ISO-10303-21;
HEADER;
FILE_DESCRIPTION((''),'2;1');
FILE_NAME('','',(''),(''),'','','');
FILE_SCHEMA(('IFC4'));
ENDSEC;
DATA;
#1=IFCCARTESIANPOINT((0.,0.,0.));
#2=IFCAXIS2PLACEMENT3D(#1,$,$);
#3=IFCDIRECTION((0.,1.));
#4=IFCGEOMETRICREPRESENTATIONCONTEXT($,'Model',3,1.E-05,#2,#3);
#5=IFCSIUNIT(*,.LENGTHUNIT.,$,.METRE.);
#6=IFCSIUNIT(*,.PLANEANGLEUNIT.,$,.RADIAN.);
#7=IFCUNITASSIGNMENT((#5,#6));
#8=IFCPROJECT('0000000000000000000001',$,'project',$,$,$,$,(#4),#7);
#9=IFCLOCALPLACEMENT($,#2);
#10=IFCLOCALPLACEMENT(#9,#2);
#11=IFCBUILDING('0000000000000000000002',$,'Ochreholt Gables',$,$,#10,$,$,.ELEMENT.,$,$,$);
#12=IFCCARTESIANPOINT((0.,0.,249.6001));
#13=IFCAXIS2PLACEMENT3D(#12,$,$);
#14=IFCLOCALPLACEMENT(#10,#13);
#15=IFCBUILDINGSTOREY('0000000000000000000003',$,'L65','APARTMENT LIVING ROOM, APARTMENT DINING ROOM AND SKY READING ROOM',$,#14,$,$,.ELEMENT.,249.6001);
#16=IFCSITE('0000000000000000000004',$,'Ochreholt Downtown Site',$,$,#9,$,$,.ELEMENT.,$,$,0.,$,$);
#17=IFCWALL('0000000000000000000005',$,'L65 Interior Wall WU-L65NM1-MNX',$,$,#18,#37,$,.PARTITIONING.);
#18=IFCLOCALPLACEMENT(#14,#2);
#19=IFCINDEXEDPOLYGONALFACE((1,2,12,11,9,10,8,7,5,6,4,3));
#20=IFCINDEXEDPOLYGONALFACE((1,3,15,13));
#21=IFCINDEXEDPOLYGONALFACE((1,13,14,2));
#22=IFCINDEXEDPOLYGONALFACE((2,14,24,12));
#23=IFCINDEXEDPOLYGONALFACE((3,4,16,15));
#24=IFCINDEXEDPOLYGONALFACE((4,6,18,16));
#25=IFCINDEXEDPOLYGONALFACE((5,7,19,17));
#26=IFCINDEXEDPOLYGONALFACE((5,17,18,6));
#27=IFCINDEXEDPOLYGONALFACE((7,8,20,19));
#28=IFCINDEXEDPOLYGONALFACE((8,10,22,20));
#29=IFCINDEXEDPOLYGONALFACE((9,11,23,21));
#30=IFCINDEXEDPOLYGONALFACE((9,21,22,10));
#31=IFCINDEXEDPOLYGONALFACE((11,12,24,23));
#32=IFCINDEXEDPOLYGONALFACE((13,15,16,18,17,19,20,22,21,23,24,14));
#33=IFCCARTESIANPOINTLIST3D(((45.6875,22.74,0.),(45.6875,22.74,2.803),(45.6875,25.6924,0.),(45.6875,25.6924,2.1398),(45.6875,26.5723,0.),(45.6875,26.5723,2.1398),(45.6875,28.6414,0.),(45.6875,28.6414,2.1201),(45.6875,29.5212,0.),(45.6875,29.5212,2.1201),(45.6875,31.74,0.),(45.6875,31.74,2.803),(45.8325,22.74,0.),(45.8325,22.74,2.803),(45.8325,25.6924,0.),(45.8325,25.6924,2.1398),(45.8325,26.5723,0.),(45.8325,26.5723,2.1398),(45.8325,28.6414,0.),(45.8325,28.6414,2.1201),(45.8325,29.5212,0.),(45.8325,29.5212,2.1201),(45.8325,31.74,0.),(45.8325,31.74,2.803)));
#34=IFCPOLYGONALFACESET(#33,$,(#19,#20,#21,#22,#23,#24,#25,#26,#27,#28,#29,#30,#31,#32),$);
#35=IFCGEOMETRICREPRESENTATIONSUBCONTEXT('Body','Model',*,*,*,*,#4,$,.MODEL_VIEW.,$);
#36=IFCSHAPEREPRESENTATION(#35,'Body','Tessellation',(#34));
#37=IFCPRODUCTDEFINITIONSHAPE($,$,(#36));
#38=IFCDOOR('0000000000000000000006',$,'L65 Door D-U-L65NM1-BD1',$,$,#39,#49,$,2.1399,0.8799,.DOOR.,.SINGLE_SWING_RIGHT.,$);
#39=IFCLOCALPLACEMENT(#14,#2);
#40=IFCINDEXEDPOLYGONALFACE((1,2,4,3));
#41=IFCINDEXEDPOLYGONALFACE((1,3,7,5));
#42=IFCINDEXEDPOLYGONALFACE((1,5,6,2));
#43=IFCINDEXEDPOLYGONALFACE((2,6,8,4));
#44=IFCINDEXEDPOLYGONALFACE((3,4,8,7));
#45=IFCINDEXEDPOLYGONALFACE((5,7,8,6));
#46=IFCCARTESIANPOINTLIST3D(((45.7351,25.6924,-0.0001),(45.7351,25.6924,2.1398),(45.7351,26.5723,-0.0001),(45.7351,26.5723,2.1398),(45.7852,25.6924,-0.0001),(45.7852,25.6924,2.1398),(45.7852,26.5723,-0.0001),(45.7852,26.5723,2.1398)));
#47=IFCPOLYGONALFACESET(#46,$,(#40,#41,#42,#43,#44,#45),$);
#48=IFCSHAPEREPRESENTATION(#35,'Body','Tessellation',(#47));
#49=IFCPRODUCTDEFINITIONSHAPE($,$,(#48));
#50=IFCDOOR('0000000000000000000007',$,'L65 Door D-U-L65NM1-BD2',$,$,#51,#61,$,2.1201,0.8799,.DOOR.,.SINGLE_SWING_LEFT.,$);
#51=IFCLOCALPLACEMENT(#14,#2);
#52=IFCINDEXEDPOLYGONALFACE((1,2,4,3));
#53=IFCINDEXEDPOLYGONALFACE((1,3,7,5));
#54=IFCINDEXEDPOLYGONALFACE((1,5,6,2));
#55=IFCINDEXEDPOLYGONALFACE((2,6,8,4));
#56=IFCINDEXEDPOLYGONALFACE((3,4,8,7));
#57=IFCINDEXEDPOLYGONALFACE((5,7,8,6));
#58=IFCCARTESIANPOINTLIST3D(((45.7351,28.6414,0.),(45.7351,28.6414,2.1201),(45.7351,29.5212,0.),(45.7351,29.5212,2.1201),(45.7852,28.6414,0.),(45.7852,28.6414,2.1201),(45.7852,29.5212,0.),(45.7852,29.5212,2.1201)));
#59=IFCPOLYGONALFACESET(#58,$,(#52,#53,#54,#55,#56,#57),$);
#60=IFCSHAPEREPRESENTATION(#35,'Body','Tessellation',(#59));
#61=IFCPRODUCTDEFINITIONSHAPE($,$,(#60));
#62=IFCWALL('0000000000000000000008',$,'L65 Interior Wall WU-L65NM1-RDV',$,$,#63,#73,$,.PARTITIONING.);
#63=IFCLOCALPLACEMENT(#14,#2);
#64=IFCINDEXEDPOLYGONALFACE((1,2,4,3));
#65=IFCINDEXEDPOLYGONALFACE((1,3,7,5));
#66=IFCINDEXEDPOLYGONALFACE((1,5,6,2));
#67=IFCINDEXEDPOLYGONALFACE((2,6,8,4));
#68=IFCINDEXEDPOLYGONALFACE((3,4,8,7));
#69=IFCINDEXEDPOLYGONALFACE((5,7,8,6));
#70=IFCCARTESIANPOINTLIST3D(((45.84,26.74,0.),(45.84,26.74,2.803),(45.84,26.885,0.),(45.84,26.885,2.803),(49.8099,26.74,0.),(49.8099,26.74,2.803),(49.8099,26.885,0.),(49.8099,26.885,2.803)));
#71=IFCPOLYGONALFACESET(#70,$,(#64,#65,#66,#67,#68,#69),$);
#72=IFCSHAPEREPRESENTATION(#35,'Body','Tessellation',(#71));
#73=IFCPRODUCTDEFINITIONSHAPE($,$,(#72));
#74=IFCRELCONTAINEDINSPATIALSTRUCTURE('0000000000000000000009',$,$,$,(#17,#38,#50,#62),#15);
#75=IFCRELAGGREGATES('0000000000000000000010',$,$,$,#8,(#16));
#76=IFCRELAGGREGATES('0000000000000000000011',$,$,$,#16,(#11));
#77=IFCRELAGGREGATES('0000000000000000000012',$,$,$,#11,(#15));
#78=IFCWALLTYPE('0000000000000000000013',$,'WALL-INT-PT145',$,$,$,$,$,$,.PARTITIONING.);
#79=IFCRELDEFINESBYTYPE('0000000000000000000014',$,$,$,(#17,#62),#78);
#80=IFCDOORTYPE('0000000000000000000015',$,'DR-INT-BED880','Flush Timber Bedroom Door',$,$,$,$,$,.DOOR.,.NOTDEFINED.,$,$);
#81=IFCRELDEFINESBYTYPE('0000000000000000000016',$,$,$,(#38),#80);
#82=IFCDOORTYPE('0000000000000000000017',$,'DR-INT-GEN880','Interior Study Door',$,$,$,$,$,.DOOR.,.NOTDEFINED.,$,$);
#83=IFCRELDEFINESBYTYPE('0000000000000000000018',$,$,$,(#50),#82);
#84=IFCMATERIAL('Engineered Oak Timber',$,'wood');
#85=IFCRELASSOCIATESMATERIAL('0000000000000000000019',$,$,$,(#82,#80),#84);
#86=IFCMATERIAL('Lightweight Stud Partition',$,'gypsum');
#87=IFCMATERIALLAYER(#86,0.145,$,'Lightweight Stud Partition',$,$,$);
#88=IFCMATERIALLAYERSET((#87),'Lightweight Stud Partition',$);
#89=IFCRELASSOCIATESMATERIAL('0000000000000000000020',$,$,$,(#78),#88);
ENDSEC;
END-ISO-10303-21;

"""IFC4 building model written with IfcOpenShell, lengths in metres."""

from ifc_helpers import new_model, si_unit, direction, frame, frame_2d, origin, place, context, subcontext, project, spatial, rectangle, extrude, material, layer, layer_set, type_object, element, fill, save


model = new_model("IFC4")

# Units and contexts
model_context = context("Model", 3, precision=1e-05, world=origin(), true_north=direction((0.0, 1.0)))
body_context = subcontext(model_context, "Body", "Model", "MODEL_VIEW")
ifc_project = project(units=[si_unit("LENGTHUNIT", "METRE"), si_unit("PLANEANGLEUNIT", "RADIAN")], contexts=[model_context])

# Site, building, storey
site_placement = place(None, origin())
site = spatial("IfcSite", under=ifc_project, at=site_placement, Name="Ochreholt Downtown Site", CompositionType="ELEMENT", RefElevation=0.0)
building_placement = place(site_placement, origin())
building = spatial("IfcBuilding", under=site, at=building_placement, Name="Ochreholt Gables", CompositionType="ELEMENT")
storey_placement = place(building_placement, frame((0.0, 0.0, 249.6001)))
storey = spatial("IfcBuildingStorey", under=building, at=storey_placement, Name="L65", Description="APARTMENT LIVING ROOM, APARTMENT DINING ROOM AND SKY READING ROOM", CompositionType="ELEMENT", Elevation=249.6001)

# Shared definitions
ifc_material_1 = material(Name="Engineered Oak Timber", Category="wood")

# Shared definitions
door_type_1 = type_object("IfcDoorType", Name="DR-INT-GEN880", Description="Interior Study Door", OperationType="NOTDEFINED", PredefinedType="DOOR", material=ifc_material_1)

# Shared definitions
ifc_material_2 = material(Name="Lightweight Stud Partition", Category="gypsum")
ifc_layer_1 = layer(ifc_material_2, 0.145, Name="Lightweight Stud Partition")
ifc_layer_set_1 = layer_set([ifc_layer_1], Name="Lightweight Stud Partition")
wall_type_1 = type_object("IfcWallType", Name="WALL-INT-PT145", PredefinedType="PARTITIONING", material=ifc_layer_set_1)

# Wall, openings, doors
wall_1_placement = place(storey_placement, frame((45.76, 22.74, 0.0), z_axis=(0.0, 0.0, 1.0), x_axis=(0.0, 1.0, 0.0)))
wall_1 = element("IfcWall", 1, at=wall_1_placement, inside=storey, type_object=wall_type_1, Name="L65 Interior Wall WU-L65NM1-MNX", PredefinedType="PARTITIONING", context=body_context, shape_type="SweptSolid", body=[
    extrude(rectangle(XDim=9.0, YDim=0.145, at=frame_2d((4.5, 0.0))), origin(), (0.0, 0.0, 1.0), 2.803),
])
opening_1_placement = place(wall_1_placement, frame((2.9524, 0.0, 0.0)))
opening_1 = element("IfcOpeningElement", 2, at=opening_1_placement, cuts=wall_1, PredefinedType="OPENING", context=body_context, shape_type="SweptSolid", body=[
    extrude(rectangle(XDim=0.8799, YDim=2.1399, at=frame_2d((0.4399, 1.0698))), frame((0.0, 0.0825, 0.0), z_axis=(0.0, -1.0, 0.0), x_axis=(1.0, 0.0, 0.0)), (0.0, 0.0, 1.0), 0.165),
])
opening_2_placement = place(wall_1_placement, frame((5.9014, 0.0, 0.0)))
opening_2 = element("IfcOpeningElement", 3, at=opening_2_placement, cuts=wall_1, PredefinedType="OPENING", context=body_context, shape_type="SweptSolid", body=[
    extrude(rectangle(XDim=0.8799, YDim=2.1201, at=frame_2d((0.4399, 1.0601))), frame((0.0, 0.0825, 0.0), z_axis=(0.0, -1.0, 0.0), x_axis=(1.0, 0.0, 0.0)), (0.0, 0.0, 1.0), 0.165),
])
door_type_2 = type_object("IfcDoorType", Name="DR-INT-BED880", Description="Flush Timber Bedroom Door", OperationType="NOTDEFINED", PredefinedType="DOOR", material=ifc_material_1)
door_1_placement = place(opening_1_placement, origin())
door_1 = element("IfcDoor", 4, at=door_1_placement, inside=storey, type_object=door_type_2, Name="L65 Door D-U-L65NM1-BD1", OperationType="SINGLE_SWING_RIGHT", OverallHeight=2.1399, OverallWidth=0.8799, PredefinedType="DOOR", context=body_context, shape_type="SweptSolid", body=[
    extrude(rectangle(XDim=0.8799, YDim=2.1399, at=frame_2d((0.4399, 1.0698))), frame((0.0, 0.0249, 0.0), z_axis=(0.0, -1.0, 0.0), x_axis=(1.0, 0.0, 0.0)), (0.0, 0.0, 1.0), 0.05),
])
fill(opening_1, door_1)
door_2_placement = place(opening_2_placement, origin())
door_2 = element("IfcDoor", 5, at=door_2_placement, inside=storey, type_object=door_type_1, Name="L65 Door D-U-L65NM1-BD2", OperationType="SINGLE_SWING_LEFT", OverallHeight=2.1201, OverallWidth=0.8799, PredefinedType="DOOR", context=body_context, shape_type="SweptSolid", body=[
    extrude(rectangle(XDim=0.8799, YDim=2.1201, at=frame_2d((0.4399, 1.0601))), frame((0.0, 0.0249, 0.0), z_axis=(0.0, -1.0, 0.0), x_axis=(1.0, 0.0, 0.0)), (0.0, 0.0, 1.0), 0.05),
])
fill(opening_2, door_2)

# Wall
wall_2_placement = place(storey_placement, frame((45.8401, 26.8125, 0.0), z_axis=(0.0, 0.0, 1.0), x_axis=(1.0, 0.0, 0.0)))
element("IfcWall", 6, at=wall_2_placement, inside=storey, type_object=wall_type_1, Name="L65 Interior Wall WU-L65NM1-RDV", PredefinedType="PARTITIONING", context=body_context, shape_type="SweptSolid", body=[
    extrude(rectangle(XDim=3.97, YDim=0.145, at=frame_2d((1.9849, 0.0))), origin(), (0.0, 0.0, 1.0), 2.803),
])

save(model, "model.ifc")
